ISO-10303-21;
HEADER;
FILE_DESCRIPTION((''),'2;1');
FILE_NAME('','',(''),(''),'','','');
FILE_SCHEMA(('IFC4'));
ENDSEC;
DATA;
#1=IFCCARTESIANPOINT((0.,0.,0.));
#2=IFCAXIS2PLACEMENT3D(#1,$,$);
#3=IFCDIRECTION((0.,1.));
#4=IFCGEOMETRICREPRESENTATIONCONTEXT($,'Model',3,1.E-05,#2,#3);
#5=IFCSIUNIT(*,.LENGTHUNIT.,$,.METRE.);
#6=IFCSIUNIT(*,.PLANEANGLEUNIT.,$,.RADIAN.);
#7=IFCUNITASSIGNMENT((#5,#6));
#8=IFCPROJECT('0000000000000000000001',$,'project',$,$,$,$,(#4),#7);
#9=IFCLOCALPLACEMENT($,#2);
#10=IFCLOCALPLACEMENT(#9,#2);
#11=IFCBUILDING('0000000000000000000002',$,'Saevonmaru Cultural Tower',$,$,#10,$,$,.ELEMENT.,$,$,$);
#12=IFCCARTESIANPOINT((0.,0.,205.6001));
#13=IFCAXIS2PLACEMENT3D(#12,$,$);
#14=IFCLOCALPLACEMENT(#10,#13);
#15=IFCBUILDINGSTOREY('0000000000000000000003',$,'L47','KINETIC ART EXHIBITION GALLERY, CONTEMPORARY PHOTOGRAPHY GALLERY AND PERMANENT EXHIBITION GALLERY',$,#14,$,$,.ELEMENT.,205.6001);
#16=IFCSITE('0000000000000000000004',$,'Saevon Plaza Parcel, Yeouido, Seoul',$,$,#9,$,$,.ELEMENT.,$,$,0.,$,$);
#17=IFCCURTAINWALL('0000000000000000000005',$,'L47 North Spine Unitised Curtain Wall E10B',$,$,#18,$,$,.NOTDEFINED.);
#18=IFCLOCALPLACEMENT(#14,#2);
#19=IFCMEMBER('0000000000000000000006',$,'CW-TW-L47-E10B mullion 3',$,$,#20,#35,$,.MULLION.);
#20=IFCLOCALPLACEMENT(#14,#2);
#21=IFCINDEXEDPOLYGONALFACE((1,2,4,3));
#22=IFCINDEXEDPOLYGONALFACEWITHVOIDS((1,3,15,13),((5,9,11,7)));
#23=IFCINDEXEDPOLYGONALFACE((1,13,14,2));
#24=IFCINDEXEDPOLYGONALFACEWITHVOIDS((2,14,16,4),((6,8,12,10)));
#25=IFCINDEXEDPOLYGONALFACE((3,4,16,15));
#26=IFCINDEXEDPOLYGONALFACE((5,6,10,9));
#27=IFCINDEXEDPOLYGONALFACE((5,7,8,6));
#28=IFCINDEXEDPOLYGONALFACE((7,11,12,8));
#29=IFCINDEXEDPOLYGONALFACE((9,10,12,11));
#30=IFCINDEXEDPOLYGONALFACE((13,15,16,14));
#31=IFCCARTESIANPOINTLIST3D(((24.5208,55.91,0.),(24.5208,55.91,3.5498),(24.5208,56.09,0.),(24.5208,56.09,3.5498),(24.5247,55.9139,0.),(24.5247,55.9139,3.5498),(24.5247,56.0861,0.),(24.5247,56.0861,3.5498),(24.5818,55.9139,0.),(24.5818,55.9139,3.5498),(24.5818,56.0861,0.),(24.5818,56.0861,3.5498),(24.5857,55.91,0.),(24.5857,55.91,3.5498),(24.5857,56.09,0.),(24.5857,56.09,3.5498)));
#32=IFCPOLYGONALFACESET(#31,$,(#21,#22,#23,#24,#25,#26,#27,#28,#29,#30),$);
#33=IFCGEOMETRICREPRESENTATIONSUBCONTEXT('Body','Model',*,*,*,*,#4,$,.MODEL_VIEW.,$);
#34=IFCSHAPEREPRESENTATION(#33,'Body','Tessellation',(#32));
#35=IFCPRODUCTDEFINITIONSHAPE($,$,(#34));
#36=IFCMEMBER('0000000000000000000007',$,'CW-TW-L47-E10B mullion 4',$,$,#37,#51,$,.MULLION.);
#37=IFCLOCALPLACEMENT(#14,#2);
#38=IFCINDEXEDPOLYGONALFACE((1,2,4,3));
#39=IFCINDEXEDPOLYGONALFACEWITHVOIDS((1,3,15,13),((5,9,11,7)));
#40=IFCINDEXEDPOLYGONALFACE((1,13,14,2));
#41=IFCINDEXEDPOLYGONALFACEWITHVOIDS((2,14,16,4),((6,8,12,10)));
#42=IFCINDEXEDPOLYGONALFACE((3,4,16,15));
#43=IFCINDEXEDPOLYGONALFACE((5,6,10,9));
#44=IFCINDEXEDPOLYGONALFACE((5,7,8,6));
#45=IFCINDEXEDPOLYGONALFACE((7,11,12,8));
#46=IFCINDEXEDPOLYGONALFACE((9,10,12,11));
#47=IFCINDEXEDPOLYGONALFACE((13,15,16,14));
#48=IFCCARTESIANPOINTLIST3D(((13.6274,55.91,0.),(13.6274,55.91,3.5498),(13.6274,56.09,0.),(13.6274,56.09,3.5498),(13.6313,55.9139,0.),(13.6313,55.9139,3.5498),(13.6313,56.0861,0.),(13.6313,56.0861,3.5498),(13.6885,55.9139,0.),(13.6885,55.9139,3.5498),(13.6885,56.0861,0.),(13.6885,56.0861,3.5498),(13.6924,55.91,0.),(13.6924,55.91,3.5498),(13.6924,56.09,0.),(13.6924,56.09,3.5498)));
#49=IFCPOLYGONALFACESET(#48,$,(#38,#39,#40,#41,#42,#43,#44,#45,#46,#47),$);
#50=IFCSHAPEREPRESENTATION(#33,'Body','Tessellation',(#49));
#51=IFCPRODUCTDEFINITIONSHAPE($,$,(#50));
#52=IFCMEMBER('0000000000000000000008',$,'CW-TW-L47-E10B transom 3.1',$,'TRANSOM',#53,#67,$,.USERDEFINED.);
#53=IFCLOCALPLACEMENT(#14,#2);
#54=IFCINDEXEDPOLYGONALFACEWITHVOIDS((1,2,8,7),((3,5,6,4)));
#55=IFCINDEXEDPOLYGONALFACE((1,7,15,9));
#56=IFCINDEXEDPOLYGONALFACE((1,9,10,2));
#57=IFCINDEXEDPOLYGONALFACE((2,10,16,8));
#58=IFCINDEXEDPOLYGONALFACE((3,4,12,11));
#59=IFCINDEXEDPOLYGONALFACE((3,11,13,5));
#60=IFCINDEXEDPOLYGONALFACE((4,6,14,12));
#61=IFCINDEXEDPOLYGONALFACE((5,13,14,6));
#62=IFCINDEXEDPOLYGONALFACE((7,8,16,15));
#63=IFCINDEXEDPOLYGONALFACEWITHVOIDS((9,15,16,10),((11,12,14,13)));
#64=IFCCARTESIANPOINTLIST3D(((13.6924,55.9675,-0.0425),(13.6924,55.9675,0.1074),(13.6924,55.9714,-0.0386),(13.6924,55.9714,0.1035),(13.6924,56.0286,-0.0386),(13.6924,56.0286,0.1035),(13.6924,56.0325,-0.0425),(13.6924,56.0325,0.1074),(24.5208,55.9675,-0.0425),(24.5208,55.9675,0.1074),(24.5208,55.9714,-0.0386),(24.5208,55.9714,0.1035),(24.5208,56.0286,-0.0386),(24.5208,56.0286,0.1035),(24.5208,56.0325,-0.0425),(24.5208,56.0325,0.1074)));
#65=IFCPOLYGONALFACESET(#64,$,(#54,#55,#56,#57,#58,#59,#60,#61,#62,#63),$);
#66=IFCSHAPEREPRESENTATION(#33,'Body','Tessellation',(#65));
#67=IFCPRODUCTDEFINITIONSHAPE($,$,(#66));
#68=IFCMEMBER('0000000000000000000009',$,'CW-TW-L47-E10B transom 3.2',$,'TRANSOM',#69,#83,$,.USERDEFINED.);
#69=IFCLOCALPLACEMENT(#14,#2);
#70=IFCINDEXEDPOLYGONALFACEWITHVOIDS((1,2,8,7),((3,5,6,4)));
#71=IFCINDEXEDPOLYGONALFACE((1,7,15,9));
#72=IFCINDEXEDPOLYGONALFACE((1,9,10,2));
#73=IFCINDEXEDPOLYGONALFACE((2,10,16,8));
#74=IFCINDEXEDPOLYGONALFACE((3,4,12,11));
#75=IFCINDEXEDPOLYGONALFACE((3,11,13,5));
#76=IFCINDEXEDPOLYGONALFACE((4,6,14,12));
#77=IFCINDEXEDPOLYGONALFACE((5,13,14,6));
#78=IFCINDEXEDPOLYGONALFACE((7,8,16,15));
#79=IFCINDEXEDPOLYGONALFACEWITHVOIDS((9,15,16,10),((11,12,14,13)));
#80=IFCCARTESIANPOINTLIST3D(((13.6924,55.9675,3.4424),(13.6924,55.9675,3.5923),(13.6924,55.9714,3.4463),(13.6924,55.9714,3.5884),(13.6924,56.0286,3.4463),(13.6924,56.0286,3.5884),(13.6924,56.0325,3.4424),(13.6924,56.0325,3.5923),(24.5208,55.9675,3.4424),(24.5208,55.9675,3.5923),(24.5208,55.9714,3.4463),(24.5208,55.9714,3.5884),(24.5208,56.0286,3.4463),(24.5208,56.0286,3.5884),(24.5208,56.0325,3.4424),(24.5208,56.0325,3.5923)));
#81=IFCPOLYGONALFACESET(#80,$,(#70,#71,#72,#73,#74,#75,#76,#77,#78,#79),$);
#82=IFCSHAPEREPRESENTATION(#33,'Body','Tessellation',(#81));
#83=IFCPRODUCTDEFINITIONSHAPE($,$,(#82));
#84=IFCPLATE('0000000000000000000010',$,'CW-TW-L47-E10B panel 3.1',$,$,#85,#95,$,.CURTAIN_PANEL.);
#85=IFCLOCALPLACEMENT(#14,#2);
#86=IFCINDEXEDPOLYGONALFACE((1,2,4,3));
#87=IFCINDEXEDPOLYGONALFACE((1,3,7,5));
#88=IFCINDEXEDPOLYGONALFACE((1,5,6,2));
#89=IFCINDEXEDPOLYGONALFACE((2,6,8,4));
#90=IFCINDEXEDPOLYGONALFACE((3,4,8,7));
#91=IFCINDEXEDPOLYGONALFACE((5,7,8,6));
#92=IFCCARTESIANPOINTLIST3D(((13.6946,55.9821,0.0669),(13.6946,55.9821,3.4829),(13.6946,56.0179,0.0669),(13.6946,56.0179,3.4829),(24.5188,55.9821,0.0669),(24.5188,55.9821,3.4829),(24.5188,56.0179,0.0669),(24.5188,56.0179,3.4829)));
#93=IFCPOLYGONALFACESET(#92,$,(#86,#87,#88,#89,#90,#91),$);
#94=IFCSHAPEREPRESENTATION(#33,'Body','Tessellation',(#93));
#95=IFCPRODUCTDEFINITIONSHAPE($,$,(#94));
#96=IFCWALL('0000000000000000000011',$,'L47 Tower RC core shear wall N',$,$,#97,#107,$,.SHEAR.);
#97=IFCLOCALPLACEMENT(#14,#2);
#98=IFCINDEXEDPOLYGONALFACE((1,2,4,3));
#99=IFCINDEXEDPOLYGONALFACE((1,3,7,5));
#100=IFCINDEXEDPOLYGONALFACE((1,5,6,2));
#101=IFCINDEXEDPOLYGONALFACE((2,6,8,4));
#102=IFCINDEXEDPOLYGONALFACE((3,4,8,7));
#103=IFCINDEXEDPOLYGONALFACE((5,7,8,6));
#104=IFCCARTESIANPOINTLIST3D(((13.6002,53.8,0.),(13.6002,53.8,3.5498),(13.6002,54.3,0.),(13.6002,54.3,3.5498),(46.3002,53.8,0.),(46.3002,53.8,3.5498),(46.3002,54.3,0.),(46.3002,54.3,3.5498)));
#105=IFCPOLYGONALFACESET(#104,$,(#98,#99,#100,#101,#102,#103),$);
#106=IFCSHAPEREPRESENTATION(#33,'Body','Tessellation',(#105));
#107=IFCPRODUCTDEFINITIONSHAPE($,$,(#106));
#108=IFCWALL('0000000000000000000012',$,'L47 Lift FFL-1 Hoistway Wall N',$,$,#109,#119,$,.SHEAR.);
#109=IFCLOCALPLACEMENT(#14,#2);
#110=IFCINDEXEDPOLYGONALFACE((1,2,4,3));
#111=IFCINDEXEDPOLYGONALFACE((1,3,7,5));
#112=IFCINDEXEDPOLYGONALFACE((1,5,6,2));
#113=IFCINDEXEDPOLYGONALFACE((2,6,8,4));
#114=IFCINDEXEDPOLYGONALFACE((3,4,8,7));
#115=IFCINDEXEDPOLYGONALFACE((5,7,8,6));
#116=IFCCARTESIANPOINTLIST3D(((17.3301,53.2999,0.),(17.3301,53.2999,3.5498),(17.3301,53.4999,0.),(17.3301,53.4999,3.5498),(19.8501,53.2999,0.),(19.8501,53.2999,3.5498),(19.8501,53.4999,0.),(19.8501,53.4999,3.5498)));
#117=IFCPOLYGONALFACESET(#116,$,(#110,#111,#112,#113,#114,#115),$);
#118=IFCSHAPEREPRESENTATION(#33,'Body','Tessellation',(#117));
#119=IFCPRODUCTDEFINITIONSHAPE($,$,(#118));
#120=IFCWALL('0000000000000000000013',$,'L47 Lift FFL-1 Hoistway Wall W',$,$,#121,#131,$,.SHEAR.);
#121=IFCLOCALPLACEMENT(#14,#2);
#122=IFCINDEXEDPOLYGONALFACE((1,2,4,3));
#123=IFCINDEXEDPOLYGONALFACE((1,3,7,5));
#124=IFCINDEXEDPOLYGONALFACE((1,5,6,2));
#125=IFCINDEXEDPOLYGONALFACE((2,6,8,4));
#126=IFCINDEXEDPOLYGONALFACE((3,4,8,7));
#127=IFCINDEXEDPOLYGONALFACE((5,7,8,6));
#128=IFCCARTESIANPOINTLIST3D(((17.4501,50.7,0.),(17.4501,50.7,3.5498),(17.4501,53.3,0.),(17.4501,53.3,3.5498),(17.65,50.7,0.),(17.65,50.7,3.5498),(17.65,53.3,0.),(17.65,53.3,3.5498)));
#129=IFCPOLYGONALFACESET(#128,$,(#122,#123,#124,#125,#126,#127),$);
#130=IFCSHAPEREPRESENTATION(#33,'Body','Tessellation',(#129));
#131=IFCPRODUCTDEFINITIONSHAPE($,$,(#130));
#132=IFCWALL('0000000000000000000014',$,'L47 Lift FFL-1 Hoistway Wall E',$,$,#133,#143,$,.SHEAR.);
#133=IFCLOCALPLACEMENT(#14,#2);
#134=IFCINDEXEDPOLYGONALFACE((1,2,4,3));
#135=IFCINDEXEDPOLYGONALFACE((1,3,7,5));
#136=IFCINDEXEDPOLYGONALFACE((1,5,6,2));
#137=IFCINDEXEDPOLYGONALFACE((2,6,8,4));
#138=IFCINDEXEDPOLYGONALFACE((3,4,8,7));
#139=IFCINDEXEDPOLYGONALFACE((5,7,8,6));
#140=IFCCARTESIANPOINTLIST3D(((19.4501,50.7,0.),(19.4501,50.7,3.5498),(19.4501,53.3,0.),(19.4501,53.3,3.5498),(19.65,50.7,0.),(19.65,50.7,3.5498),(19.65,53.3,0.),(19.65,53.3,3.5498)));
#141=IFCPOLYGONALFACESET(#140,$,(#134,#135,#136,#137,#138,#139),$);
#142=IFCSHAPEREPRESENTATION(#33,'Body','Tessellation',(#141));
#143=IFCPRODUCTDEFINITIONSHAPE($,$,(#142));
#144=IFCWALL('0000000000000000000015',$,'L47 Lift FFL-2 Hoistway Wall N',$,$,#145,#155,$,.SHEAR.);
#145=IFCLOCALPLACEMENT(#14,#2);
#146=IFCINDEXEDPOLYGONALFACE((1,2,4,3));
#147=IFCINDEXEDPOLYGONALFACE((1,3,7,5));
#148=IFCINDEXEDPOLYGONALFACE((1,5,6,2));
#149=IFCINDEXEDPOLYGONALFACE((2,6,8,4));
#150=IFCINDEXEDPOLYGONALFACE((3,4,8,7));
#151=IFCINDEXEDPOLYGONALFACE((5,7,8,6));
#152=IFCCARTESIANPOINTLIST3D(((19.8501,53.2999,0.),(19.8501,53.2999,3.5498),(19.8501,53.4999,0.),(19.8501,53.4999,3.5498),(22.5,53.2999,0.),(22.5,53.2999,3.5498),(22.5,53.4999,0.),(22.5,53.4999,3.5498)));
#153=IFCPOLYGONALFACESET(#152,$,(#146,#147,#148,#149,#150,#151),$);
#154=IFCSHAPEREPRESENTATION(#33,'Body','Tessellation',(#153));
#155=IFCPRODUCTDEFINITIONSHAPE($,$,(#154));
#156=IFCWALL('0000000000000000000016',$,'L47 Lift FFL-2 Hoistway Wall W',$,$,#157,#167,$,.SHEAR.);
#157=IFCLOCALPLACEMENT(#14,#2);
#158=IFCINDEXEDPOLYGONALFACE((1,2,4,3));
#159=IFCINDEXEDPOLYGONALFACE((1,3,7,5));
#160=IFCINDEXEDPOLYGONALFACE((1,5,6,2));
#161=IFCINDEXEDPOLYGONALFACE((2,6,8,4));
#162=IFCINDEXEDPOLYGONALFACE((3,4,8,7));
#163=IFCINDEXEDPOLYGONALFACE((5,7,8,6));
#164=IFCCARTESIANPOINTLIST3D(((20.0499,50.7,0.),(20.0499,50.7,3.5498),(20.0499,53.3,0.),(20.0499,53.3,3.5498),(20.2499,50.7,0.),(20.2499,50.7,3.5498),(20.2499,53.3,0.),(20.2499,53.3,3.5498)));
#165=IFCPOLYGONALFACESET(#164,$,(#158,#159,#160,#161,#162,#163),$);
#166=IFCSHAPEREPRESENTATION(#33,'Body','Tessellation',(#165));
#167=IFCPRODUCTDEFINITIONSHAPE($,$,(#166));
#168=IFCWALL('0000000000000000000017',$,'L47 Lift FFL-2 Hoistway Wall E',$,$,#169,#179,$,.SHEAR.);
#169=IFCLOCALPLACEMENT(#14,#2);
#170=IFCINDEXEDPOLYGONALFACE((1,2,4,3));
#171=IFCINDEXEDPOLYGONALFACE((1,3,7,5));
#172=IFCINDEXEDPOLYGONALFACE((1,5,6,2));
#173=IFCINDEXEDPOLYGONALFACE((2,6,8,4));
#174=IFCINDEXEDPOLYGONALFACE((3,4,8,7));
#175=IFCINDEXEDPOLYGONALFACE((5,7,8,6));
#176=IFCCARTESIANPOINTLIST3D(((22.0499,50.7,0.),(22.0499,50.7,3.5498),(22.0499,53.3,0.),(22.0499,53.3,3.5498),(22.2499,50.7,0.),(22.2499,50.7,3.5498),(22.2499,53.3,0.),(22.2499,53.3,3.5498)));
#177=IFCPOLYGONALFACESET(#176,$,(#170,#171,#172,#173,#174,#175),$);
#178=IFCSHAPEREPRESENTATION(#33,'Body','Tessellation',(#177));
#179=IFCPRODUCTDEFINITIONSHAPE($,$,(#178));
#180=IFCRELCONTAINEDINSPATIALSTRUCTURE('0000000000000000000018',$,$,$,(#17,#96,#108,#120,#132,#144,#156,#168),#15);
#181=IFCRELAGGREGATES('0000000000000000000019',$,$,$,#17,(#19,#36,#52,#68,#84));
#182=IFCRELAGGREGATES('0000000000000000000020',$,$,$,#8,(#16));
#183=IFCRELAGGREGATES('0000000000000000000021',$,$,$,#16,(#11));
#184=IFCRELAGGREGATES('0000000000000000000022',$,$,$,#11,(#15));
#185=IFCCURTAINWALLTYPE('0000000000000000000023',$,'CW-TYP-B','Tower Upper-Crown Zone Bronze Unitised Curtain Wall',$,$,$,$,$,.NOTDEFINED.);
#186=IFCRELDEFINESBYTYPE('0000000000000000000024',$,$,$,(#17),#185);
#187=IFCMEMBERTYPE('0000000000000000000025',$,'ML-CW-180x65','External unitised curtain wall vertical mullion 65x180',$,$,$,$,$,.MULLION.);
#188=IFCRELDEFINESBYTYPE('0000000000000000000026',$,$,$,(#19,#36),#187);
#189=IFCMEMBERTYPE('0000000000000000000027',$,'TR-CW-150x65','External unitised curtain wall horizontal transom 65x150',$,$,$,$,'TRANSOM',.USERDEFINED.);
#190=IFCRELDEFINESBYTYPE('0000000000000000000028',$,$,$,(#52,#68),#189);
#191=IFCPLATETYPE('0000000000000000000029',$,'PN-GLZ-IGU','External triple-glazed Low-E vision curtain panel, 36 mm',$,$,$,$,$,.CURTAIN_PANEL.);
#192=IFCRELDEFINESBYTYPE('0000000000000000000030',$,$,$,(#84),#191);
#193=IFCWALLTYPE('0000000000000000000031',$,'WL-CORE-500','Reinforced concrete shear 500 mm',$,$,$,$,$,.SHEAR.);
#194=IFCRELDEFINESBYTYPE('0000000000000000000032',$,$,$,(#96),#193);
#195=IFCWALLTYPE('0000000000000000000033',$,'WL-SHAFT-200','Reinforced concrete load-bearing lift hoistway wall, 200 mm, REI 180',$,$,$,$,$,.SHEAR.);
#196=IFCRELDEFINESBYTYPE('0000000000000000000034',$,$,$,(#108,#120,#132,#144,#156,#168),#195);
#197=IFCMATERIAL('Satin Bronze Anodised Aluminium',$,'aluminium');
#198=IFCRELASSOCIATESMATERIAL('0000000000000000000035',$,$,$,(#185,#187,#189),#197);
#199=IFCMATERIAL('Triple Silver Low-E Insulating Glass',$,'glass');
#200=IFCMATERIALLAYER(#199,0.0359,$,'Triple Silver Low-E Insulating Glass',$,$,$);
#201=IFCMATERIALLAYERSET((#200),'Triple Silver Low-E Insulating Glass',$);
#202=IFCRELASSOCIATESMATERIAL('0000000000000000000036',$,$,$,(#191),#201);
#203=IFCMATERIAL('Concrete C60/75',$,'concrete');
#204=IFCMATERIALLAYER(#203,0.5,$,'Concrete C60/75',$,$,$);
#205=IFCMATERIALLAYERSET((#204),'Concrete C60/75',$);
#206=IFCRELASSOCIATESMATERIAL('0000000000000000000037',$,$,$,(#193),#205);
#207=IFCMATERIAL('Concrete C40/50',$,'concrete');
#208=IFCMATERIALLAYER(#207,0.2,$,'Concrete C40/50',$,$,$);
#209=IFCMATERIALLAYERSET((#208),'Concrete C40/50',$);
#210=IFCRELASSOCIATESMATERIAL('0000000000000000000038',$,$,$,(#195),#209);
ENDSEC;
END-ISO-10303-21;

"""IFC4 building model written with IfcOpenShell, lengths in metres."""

from ifc_helpers import new_model, si_unit, direction, frame, frame_2d, origin, origin_2d, place, context, subcontext, project, spatial, rectangle, hollow_rectangle, extrude, material, layer, layer_set, material_profile, profile_set, type_object, element, aggregate, save


model = new_model("IFC4")

# Units and contexts
model_context = context("Model", 3, precision=1e-05, world=origin(), true_north=direction((0.0, 1.0)))
body_context = subcontext(model_context, "Body", "Model", "MODEL_VIEW")
ifc_project = project(units=[si_unit("LENGTHUNIT", "METRE"), si_unit("PLANEANGLEUNIT", "RADIAN")], contexts=[model_context])

# Site, building, storey
site_placement = place(None, origin())
site = spatial("IfcSite", under=ifc_project, at=site_placement, Name="Saevon Plaza Parcel, Yeouido, Seoul", CompositionType="ELEMENT", RefElevation=0.0)
building_placement = place(site_placement, origin())
building = spatial("IfcBuilding", under=site, at=building_placement, Name="Saevonmaru Cultural Tower", CompositionType="ELEMENT")
storey_placement = place(building_placement, frame((0.0, 0.0, 205.6001)))
storey = spatial("IfcBuildingStorey", under=building, at=storey_placement, Name="L47", Description="KINETIC ART EXHIBITION GALLERY, CONTEMPORARY PHOTOGRAPHY GALLERY AND PERMANENT EXHIBITION GALLERY", CompositionType="ELEMENT", Elevation=205.6001)

# Curtain wall, members, plate
ifc_material_1 = material(Name="Satin Bronze Anodised Aluminium", Category="aluminium")
curtain_wall_type = type_object("IfcCurtainWallType", Name="CW-TYP-B", Description="Tower Upper-Crown Zone Bronze Unitised Curtain Wall", PredefinedType="NOTDEFINED", material=ifc_material_1)
curtain_wall_placement = place(storey_placement, origin())
curtain_wall = element("IfcCurtainWall", 1, at=curtain_wall_placement, inside=storey, type_object=curtain_wall_type, Name="L47 North Spine Unitised Curtain Wall E10B", PredefinedType="NOTDEFINED")
ifc_material_profile_1 = material_profile(ifc_material_1, hollow_rectangle(XDim=0.0649, YDim=0.1799, WallThickness=0.0039, at=origin_2d()), Name="ALU-MULL-180x65x4")
ifc_profile_set_1 = profile_set([ifc_material_profile_1], Name="Satin Bronze Anodised Aluminium")
member_type_1 = type_object("IfcMemberType", Name="ML-CW-180x65", Description="External unitised curtain wall vertical mullion 65x180", PredefinedType="MULLION", material=ifc_profile_set_1)
member_1_placement = place(storey_placement, frame((24.5532, 56.0, 0.0), z_axis=(0.0, 0.0, 1.0), x_axis=(-1.0, 0.0, 0.0)))
member_1 = element("IfcMember", 2, at=member_1_placement, type_object=member_type_1, Name="CW-TW-L47-E10B mullion 3", PredefinedType="MULLION", context=body_context, shape_type="SweptSolid", body=[
    extrude(hollow_rectangle(XDim=0.0649, YDim=0.1799, WallThickness=0.0039, at=origin_2d()), origin(), (0.0, 0.0, 1.0), 3.5498),
])
member_2_placement = place(storey_placement, frame((13.6599, 56.0, 0.0), z_axis=(0.0, 0.0, 1.0), x_axis=(-1.0, 0.0, 0.0)))
member_2 = element("IfcMember", 3, at=member_2_placement, type_object=member_type_1, Name="CW-TW-L47-E10B mullion 4", PredefinedType="MULLION", context=body_context, shape_type="SweptSolid", body=[
    extrude(hollow_rectangle(XDim=0.0649, YDim=0.1799, WallThickness=0.0039, at=origin_2d()), origin(), (0.0, 0.0, 1.0), 3.5498),
])
ifc_material_profile_2 = material_profile(ifc_material_1, hollow_rectangle(XDim=0.0649, YDim=0.1499, WallThickness=0.0039, at=origin_2d()), Name="ALU-TRAN-150x65x4")
ifc_profile_set_2 = profile_set([ifc_material_profile_2], Name="Satin Bronze Anodised Aluminium")
member_type_2 = type_object("IfcMemberType", Name="TR-CW-150x65", Description="External unitised curtain wall horizontal transom 65x150", ElementType="TRANSOM", PredefinedType="USERDEFINED", material=ifc_profile_set_2)
member_3_placement = place(storey_placement, frame((24.5208, 56.0, 0.0325), z_axis=(-1.0, 0.0, 0.0), x_axis=(0.0, -1.0, 0.0)))
member_3 = element("IfcMember", 4, at=member_3_placement, type_object=member_type_2, Name="CW-TW-L47-E10B transom 3.1", ObjectType="TRANSOM", PredefinedType="USERDEFINED", context=body_context, shape_type="SweptSolid", body=[
    extrude(hollow_rectangle(XDim=0.0649, YDim=0.1499, WallThickness=0.0039, at=origin_2d()), origin(), (0.0, 0.0, 1.0), 10.8284),
])
member_4_placement = place(storey_placement, frame((24.5208, 56.0, 3.5173), z_axis=(-1.0, 0.0, 0.0), x_axis=(0.0, -1.0, 0.0)))
member_4 = element("IfcMember", 5, at=member_4_placement, type_object=member_type_2, Name="CW-TW-L47-E10B transom 3.2", ObjectType="TRANSOM", PredefinedType="USERDEFINED", context=body_context, shape_type="SweptSolid", body=[
    extrude(hollow_rectangle(XDim=0.0649, YDim=0.1499, WallThickness=0.0039, at=origin_2d()), origin(), (0.0, 0.0, 1.0), 10.8284),
])
ifc_material_2 = material(Name="Triple Silver Low-E Insulating Glass", Category="glass")
ifc_layer_1 = layer(ifc_material_2, 0.0359, Name="Triple Silver Low-E Insulating Glass")
ifc_layer_set_1 = layer_set([ifc_layer_1], Name="Triple Silver Low-E Insulating Glass")
plate_type = type_object("IfcPlateType", Name="PN-GLZ-IGU", Description="External triple-glazed Low-E vision curtain panel, 36 mm", PredefinedType="CURTAIN_PANEL", material=ifc_layer_set_1)
plate_placement = place(storey_placement, frame((19.1067, 56.0, 0.0669), z_axis=(0.0, 0.0, 1.0), x_axis=(-1.0, 0.0, 0.0)))
plate = element("IfcPlate", 6, at=plate_placement, type_object=plate_type, Name="CW-TW-L47-E10B panel 3.1", PredefinedType="CURTAIN_PANEL", context=body_context, shape_type="SweptSolid", body=[
    extrude(rectangle(XDim=10.8242, YDim=0.0359, at=origin_2d()), origin(), (0.0, 0.0, 1.0), 3.416),
])
aggregate(curtain_wall, [member_1, member_2, member_3, member_4, plate])

# Walls
ifc_material_3 = material(Name="Concrete C60/75", Category="concrete")
ifc_layer_2 = layer(ifc_material_3, 0.5, Name="Concrete C60/75")
ifc_layer_set_2 = layer_set([ifc_layer_2], Name="Concrete C60/75")
wall_type_1 = type_object("IfcWallType", Name="WL-CORE-500", Description="Reinforced concrete shear 500 mm", PredefinedType="SHEAR", material=ifc_layer_set_2)
wall_1_placement = place(storey_placement, frame((13.6001, 54.05, 0.0), z_axis=(0.0, 0.0, 1.0), x_axis=(1.0, 0.0, 0.0)))
element("IfcWall", 7, at=wall_1_placement, inside=storey, type_object=wall_type_1, Name="L47 Tower RC core shear wall N", PredefinedType="SHEAR", context=body_context, shape_type="SweptSolid", body=[
    extrude(rectangle(XDim=32.7, YDim=0.5, at=frame_2d((16.3501, 0.0))), origin(), (0.0, 0.0, 1.0), 3.5498),
])
ifc_material_4 = material(Name="Concrete C40/50", Category="concrete")
ifc_layer_3 = layer(ifc_material_4, 0.2, Name="Concrete C40/50")
ifc_layer_set_3 = layer_set([ifc_layer_3], Name="Concrete C40/50")
wall_type_2 = type_object("IfcWallType", Name="WL-SHAFT-200", Description="Reinforced concrete load-bearing lift hoistway wall, 200 mm, REI 180", PredefinedType="SHEAR", material=ifc_layer_set_3)
wall_2_placement = place(storey_placement, frame((17.3301, 53.3999, 0.0), z_axis=(0.0, 0.0, 1.0), x_axis=(1.0, 0.0, 0.0)))
element("IfcWall", 8, at=wall_2_placement, inside=storey, type_object=wall_type_2, Name="L47 Lift FFL-1 Hoistway Wall N", PredefinedType="SHEAR", context=body_context, shape_type="SweptSolid", body=[
    extrude(rectangle(XDim=2.52, YDim=0.2, at=frame_2d((1.26, 0.0))), origin(), (0.0, 0.0, 1.0), 3.5498),
])
for number, where, z_axis, x_axis, name in (
    (9, (17.55, 50.7, 0.0), (0.0, 0.0, 1.0), (0.0, 1.0, 0.0), "L47 Lift FFL-1 Hoistway Wall W"),
    (10, (19.55, 50.7, 0.0), (0.0, 0.0, 1.0), (0.0, 1.0, 0.0), "L47 Lift FFL-1 Hoistway Wall E"),
):
    element("IfcWall", number, at=place(storey_placement, frame(where, z_axis=z_axis, x_axis=x_axis)), inside=storey, type_object=wall_type_2, Name=name, PredefinedType="SHEAR", context=body_context, shape_type="SweptSolid", body=[
        extrude(rectangle(XDim=2.6001, YDim=0.2, at=frame_2d((1.3, 0.0))), origin(), (0.0, 0.0, 1.0), 3.5498),
    ])
wall_3_placement = place(storey_placement, frame((19.8501, 53.3999, 0.0), z_axis=(0.0, 0.0, 1.0), x_axis=(1.0, 0.0, 0.0)))
element("IfcWall", 11, at=wall_3_placement, inside=storey, type_object=wall_type_2, Name="L47 Lift FFL-2 Hoistway Wall N", PredefinedType="SHEAR", context=body_context, shape_type="SweptSolid", body=[
    extrude(rectangle(XDim=2.6499, YDim=0.2, at=frame_2d((1.325, 0.0))), origin(), (0.0, 0.0, 1.0), 3.5498),
])
for number, where, z_axis, x_axis, name in (
    (12, (20.1499, 50.7, 0.0), (0.0, 0.0, 1.0), (0.0, 1.0, 0.0), "L47 Lift FFL-2 Hoistway Wall W"),
    (13, (22.1499, 50.7, 0.0), (0.0, 0.0, 1.0), (0.0, 1.0, 0.0), "L47 Lift FFL-2 Hoistway Wall E"),
):
    element("IfcWall", number, at=place(storey_placement, frame(where, z_axis=z_axis, x_axis=x_axis)), inside=storey, type_object=wall_type_2, Name=name, PredefinedType="SHEAR", context=body_context, shape_type="SweptSolid", body=[
        extrude(rectangle(XDim=2.6001, YDim=0.2, at=frame_2d((1.3, 0.0))), origin(), (0.0, 0.0, 1.0), 3.5498),
    ])

save(model, "model.ifc")
